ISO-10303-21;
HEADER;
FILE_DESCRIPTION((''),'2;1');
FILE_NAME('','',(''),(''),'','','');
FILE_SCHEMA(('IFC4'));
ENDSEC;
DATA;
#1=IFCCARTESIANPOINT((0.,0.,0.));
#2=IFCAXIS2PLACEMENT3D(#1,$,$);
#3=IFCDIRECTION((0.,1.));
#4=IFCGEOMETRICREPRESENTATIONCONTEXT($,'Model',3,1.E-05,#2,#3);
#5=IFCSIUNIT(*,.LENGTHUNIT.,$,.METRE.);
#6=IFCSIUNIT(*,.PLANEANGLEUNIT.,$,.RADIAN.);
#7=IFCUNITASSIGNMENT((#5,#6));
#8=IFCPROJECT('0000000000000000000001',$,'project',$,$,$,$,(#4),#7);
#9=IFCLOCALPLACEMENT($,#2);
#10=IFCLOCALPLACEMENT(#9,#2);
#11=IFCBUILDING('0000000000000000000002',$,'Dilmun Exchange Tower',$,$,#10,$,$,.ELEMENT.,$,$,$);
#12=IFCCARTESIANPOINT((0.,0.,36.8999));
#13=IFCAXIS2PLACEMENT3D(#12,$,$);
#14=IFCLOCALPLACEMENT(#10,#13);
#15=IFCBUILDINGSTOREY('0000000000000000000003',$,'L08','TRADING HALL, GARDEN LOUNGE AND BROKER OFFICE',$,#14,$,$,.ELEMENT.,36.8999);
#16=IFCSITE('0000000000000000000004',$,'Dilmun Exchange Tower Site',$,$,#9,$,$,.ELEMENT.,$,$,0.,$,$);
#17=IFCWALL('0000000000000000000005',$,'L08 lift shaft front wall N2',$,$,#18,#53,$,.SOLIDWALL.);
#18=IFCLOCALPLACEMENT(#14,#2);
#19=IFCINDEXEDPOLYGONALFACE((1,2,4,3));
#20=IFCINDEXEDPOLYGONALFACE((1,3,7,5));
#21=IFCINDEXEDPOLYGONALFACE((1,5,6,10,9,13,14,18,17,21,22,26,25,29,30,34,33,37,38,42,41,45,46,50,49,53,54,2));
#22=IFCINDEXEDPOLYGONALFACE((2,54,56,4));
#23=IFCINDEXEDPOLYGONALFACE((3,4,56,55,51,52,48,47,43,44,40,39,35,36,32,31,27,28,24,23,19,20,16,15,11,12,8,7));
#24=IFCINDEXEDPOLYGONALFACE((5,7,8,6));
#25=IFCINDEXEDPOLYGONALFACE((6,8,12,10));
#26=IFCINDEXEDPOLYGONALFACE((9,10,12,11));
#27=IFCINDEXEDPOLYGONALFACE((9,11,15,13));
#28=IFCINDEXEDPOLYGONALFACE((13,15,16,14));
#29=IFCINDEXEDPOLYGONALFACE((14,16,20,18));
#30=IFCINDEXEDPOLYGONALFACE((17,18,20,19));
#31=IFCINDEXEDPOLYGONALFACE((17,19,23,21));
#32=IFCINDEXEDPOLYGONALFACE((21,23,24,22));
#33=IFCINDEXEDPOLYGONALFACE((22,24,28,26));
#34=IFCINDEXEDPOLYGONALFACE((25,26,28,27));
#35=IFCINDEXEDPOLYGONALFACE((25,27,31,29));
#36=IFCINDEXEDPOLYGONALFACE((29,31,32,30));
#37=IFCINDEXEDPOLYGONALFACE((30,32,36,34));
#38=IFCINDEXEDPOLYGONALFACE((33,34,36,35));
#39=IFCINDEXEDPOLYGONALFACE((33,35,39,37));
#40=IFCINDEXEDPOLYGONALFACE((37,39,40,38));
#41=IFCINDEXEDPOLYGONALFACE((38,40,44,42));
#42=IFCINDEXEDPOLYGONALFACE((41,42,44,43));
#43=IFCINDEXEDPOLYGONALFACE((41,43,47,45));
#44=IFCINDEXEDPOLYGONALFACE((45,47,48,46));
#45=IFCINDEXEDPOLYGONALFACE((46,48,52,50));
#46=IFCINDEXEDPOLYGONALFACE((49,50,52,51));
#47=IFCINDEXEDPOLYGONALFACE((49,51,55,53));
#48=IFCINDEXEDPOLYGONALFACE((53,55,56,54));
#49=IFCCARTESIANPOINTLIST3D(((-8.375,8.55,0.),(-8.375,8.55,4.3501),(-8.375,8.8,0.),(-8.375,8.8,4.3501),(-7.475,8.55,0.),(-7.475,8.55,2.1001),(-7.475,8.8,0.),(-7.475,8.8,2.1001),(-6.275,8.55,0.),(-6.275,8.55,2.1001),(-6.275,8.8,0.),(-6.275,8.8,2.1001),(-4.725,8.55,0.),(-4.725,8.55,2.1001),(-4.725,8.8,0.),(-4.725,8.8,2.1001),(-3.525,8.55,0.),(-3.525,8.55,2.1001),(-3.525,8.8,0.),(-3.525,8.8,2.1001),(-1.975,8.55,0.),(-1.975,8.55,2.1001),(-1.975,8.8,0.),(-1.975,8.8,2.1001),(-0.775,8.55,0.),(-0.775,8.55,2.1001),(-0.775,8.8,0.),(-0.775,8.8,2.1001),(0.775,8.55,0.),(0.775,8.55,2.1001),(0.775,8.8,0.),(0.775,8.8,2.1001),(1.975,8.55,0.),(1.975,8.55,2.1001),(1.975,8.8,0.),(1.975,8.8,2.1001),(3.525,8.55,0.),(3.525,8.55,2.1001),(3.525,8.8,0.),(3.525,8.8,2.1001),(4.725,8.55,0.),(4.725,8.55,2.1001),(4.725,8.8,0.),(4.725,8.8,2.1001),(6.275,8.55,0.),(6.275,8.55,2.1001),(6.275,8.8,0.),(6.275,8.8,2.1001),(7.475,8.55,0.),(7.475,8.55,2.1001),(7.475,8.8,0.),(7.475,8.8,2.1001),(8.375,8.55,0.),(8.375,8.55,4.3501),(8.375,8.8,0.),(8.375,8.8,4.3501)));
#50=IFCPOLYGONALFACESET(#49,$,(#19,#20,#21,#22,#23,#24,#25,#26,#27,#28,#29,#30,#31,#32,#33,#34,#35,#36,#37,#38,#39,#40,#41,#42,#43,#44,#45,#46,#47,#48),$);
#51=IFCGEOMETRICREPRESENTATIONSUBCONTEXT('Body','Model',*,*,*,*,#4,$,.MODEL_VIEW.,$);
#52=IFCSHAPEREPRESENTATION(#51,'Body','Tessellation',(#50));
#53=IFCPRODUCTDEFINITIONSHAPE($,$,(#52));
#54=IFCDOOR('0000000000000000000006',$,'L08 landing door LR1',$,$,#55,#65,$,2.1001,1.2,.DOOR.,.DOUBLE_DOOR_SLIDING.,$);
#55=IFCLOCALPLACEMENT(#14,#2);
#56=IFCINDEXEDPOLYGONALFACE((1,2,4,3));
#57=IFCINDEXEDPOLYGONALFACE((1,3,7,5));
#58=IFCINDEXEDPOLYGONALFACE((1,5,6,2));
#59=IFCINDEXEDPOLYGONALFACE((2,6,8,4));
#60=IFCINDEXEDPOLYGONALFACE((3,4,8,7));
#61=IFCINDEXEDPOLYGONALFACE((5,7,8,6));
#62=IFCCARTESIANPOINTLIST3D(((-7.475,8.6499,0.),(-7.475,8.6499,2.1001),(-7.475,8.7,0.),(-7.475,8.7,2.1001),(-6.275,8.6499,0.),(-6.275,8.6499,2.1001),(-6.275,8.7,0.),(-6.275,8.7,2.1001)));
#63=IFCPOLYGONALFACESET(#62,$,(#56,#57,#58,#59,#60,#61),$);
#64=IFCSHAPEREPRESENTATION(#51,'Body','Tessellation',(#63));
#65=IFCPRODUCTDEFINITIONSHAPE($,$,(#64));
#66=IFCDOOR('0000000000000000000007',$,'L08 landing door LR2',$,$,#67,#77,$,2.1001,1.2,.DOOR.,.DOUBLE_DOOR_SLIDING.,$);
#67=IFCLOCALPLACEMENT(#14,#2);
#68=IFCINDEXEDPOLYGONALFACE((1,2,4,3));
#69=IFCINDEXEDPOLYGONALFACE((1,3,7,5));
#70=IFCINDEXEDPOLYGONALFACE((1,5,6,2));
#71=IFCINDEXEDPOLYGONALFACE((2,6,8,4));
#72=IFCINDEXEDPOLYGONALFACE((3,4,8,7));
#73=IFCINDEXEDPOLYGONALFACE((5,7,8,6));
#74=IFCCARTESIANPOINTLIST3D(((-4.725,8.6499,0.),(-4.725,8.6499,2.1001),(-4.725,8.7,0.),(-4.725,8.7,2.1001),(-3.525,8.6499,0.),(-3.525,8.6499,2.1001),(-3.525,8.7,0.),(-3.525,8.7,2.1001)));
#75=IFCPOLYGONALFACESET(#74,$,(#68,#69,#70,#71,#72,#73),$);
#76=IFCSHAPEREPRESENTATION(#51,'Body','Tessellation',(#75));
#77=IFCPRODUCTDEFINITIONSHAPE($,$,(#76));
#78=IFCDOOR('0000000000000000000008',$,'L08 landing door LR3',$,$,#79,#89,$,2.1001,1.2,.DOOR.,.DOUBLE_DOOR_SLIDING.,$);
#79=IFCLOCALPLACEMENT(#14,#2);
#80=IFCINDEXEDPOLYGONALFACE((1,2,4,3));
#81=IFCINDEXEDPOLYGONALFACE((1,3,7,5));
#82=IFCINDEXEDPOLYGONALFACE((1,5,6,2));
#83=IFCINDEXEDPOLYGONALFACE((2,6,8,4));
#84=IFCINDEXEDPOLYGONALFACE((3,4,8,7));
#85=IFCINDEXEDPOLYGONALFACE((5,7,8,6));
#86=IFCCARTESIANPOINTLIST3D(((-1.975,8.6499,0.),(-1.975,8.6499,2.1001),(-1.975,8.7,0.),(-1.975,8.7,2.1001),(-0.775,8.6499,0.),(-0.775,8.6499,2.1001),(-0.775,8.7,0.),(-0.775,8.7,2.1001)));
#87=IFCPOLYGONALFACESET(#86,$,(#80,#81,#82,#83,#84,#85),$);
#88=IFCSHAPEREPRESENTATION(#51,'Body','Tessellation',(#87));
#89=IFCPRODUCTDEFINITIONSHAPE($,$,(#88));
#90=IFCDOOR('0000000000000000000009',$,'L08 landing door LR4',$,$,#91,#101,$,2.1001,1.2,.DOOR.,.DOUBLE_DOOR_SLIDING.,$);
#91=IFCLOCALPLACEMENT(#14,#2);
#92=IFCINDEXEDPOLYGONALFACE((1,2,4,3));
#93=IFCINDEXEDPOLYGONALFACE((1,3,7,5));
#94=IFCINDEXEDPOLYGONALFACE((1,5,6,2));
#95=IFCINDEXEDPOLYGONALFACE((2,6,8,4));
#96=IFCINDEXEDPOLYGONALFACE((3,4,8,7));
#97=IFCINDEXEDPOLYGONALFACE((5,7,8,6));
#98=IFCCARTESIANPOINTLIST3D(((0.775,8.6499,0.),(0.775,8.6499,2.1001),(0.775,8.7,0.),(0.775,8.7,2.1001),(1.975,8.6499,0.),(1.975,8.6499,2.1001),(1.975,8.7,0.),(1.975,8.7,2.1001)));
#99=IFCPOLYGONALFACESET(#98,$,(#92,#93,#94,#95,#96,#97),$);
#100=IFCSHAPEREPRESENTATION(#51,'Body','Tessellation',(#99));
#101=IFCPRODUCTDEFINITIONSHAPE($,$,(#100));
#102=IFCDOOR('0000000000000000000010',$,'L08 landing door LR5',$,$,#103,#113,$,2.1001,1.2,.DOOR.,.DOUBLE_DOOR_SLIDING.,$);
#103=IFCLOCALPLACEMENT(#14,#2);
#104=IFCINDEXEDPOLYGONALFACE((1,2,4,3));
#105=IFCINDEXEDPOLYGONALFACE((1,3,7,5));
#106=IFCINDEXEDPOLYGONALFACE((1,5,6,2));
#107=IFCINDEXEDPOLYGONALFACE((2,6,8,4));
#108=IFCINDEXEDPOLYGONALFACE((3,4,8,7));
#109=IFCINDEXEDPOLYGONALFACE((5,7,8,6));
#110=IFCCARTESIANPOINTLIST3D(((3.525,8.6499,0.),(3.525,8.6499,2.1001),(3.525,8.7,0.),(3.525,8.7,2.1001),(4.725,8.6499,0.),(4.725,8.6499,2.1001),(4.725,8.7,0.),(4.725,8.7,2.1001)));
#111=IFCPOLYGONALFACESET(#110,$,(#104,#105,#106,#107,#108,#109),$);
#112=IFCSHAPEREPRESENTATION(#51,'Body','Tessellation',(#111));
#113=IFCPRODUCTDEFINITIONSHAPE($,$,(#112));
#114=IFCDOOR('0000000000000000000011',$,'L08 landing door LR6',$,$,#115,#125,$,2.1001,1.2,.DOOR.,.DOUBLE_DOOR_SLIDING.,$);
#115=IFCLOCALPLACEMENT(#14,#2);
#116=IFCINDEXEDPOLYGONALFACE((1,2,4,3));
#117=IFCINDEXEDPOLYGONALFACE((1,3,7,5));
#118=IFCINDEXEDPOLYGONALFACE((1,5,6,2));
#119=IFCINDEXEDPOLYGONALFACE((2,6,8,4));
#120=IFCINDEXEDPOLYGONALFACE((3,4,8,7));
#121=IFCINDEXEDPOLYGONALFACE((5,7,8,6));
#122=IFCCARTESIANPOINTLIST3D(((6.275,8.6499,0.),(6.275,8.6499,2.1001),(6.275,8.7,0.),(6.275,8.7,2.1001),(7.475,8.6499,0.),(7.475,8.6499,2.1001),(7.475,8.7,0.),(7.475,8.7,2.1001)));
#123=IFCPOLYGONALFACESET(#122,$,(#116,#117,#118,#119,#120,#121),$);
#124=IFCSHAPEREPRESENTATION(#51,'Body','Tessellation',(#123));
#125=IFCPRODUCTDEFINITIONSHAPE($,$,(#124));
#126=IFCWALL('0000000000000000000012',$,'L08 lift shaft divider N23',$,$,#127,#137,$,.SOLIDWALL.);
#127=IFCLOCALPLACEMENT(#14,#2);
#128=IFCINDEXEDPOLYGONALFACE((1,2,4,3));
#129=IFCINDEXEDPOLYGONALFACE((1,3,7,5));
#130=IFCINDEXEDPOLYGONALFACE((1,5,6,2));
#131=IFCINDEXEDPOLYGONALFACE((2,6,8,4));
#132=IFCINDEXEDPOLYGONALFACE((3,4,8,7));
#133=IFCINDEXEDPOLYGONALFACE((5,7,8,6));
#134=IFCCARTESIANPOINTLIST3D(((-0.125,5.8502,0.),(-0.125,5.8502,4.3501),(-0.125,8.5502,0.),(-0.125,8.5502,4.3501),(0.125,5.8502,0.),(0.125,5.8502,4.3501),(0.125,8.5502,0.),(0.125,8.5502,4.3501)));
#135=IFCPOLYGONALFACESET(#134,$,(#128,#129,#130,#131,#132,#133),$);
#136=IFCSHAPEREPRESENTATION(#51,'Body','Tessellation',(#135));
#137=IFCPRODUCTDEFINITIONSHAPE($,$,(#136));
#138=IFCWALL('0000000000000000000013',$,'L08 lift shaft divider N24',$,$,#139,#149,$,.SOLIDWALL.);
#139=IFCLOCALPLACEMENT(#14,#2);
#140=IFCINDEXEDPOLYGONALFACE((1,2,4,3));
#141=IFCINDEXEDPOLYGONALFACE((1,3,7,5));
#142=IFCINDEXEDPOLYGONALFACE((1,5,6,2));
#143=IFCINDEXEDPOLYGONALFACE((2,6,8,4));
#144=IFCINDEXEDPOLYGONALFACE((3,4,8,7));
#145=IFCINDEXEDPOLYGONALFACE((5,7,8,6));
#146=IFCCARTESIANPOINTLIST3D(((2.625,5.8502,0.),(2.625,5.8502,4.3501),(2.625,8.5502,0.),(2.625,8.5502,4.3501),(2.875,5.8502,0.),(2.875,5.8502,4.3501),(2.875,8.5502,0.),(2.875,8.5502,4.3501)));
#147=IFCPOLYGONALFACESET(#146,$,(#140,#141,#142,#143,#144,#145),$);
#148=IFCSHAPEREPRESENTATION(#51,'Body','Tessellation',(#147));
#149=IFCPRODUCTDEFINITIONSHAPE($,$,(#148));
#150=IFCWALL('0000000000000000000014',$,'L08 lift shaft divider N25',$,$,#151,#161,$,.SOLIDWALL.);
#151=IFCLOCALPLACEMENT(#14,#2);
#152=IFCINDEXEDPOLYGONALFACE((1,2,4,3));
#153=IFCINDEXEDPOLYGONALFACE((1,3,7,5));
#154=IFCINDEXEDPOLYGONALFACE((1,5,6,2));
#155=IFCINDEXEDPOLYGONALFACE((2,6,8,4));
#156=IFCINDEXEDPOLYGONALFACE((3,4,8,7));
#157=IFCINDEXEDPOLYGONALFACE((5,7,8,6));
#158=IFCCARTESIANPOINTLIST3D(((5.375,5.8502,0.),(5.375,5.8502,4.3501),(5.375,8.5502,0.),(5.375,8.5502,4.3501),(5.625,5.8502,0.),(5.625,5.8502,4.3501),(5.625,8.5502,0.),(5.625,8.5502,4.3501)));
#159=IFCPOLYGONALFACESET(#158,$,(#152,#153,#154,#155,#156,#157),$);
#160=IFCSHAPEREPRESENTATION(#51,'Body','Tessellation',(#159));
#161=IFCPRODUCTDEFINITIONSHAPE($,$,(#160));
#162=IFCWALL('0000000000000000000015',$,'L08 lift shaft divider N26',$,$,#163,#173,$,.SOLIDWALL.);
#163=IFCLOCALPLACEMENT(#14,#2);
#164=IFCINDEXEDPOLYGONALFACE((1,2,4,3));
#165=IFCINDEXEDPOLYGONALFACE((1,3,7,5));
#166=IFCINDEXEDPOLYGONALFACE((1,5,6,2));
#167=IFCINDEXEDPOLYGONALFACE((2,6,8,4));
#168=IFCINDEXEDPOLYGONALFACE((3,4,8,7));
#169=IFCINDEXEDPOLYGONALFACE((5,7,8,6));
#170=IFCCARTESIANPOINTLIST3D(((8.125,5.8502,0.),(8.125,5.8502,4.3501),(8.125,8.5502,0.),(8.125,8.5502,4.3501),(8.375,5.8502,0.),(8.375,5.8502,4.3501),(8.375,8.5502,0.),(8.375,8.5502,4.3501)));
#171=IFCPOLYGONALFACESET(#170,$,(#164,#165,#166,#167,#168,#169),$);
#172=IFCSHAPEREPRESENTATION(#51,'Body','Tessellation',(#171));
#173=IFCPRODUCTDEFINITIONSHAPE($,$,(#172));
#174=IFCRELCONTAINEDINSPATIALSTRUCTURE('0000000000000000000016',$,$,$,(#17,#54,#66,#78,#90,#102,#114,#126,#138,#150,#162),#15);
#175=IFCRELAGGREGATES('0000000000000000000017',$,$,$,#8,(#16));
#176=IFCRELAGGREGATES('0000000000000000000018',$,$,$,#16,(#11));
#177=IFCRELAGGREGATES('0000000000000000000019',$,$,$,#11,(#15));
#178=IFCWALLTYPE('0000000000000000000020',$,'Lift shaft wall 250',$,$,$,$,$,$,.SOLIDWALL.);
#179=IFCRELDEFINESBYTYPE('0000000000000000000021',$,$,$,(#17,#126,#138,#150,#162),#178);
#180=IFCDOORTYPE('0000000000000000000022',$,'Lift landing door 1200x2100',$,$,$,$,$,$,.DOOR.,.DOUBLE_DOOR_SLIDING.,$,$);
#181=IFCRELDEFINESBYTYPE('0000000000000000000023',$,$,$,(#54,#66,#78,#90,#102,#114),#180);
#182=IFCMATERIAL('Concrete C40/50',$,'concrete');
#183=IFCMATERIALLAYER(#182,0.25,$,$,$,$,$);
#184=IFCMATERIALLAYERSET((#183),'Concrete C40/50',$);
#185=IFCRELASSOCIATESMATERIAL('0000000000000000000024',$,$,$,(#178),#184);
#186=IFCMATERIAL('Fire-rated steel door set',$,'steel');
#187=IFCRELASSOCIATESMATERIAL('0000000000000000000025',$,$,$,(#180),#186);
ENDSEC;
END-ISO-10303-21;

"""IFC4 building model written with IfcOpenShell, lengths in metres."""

from ifc_helpers import new_model, si_unit, direction, frame, frame_2d, origin, place, context, subcontext, project, spatial, rectangle, extrude, material, layer, layer_set, type_object, element, fill, save


model = new_model("IFC4")

# Units and contexts
model_context = context("Model", 3, precision=1e-05, world=origin(), true_north=direction((0.0, 1.0)))
body_context = subcontext(model_context, "Body", "Model", "MODEL_VIEW")
ifc_project = project(units=[si_unit("LENGTHUNIT", "METRE"), si_unit("PLANEANGLEUNIT", "RADIAN")], contexts=[model_context])

# Site, building, storey
site_placement = place(None, origin())
site = spatial("IfcSite", under=ifc_project, at=site_placement, Name="Dilmun Exchange Tower Site", CompositionType="ELEMENT", RefElevation=0.0)
building_placement = place(site_placement, origin())
building = spatial("IfcBuilding", under=site, at=building_placement, Name="Dilmun Exchange Tower", CompositionType="ELEMENT")
storey_placement = place(building_placement, frame((0.0, 0.0, 36.8999)))
storey = spatial("IfcBuildingStorey", under=building, at=storey_placement, Name="L08", Description="TRADING HALL, GARDEN LOUNGE AND BROKER OFFICE", CompositionType="ELEMENT", Elevation=36.8999)

# Shared definitions
ifc_material_1 = material(Name="Concrete C40/50", Category="concrete")

# Shared definitions
ifc_material_2 = material(Name="Fire-rated steel door set", Category="steel")

# Wall, openings, doors
ifc_layer_1 = layer(ifc_material_1, 0.25)
ifc_layer_set_1 = layer_set([ifc_layer_1], Name="Concrete C40/50")
wall_type_1 = type_object("IfcWallType", Name="Lift shaft wall 250", PredefinedType="SOLIDWALL", material=ifc_layer_set_1)
wall_1_placement = place(storey_placement, frame((-8.375, 8.675, 0.0), z_axis=(0.0, 0.0, 1.0), x_axis=(1.0, 0.0, 0.0)))
wall_1 = element("IfcWall", 1, at=wall_1_placement, inside=storey, type_object=wall_type_1, Name="L08 lift shaft front wall N2", PredefinedType="SOLIDWALL", context=body_context, shape_type="SweptSolid", body=[
    extrude(rectangle(XDim=16.75, YDim=0.25, at=frame_2d((8.375, 0.0))), origin(), (0.0, 0.0, 1.0), 4.3501),
])
opening_1_placement = place(wall_1_placement, frame((0.8999, 0.0, 0.0)))
opening_1 = element("IfcOpeningElement", 2, at=opening_1_placement, cuts=wall_1, PredefinedType="OPENING", context=body_context, shape_type="SweptSolid", body=[
    extrude(rectangle(XDim=1.2, YDim=2.1001, at=frame_2d((0.6001, 1.05))), frame((0.0, 0.135, 0.0), z_axis=(0.0, -1.0, 0.0), x_axis=(1.0, 0.0, 0.0)), (0.0, 0.0, 1.0), 0.27),
])
opening_2_placement = place(wall_1_placement, frame((3.6499, 0.0, 0.0)))
opening_2 = element("IfcOpeningElement", 3, at=opening_2_placement, cuts=wall_1, PredefinedType="OPENING", context=body_context, shape_type="SweptSolid", body=[
    extrude(rectangle(XDim=1.2, YDim=2.1001, at=frame_2d((0.6001, 1.05))), frame((0.0, 0.135, 0.0), z_axis=(0.0, -1.0, 0.0), x_axis=(1.0, 0.0, 0.0)), (0.0, 0.0, 1.0), 0.27),
])
opening_3_placement = place(wall_1_placement, frame((6.3999, 0.0, 0.0)))
opening_3 = element("IfcOpeningElement", 4, at=opening_3_placement, cuts=wall_1, PredefinedType="OPENING", context=body_context, shape_type="SweptSolid", body=[
    extrude(rectangle(XDim=1.2, YDim=2.1001, at=frame_2d((0.6001, 1.05))), frame((0.0, 0.135, 0.0), z_axis=(0.0, -1.0, 0.0), x_axis=(1.0, 0.0, 0.0)), (0.0, 0.0, 1.0), 0.27),
])
opening_4_placement = place(wall_1_placement, frame((9.1499, 0.0, 0.0)))
opening_4 = element("IfcOpeningElement", 5, at=opening_4_placement, cuts=wall_1, PredefinedType="OPENING", context=body_context, shape_type="SweptSolid", body=[
    extrude(rectangle(XDim=1.2, YDim=2.1001, at=frame_2d((0.6001, 1.05))), frame((0.0, 0.135, 0.0), z_axis=(0.0, -1.0, 0.0), x_axis=(1.0, 0.0, 0.0)), (0.0, 0.0, 1.0), 0.27),
])
opening_5_placement = place(wall_1_placement, frame((11.8999, 0.0, 0.0)))
opening_5 = element("IfcOpeningElement", 6, at=opening_5_placement, cuts=wall_1, PredefinedType="OPENING", context=body_context, shape_type="SweptSolid", body=[
    extrude(rectangle(XDim=1.2, YDim=2.1001, at=frame_2d((0.6001, 1.05))), frame((0.0, 0.135, 0.0), z_axis=(0.0, -1.0, 0.0), x_axis=(1.0, 0.0, 0.0)), (0.0, 0.0, 1.0), 0.27),
])
opening_6_placement = place(wall_1_placement, frame((14.6499, 0.0, 0.0)))
opening_6 = element("IfcOpeningElement", 7, at=opening_6_placement, cuts=wall_1, PredefinedType="OPENING", context=body_context, shape_type="SweptSolid", body=[
    extrude(rectangle(XDim=1.2, YDim=2.1001, at=frame_2d((0.6001, 1.05))), frame((0.0, 0.135, 0.0), z_axis=(0.0, -1.0, 0.0), x_axis=(1.0, 0.0, 0.0)), (0.0, 0.0, 1.0), 0.27),
])
door_type_1 = type_object("IfcDoorType", Name="Lift landing door 1200x2100", OperationType="DOUBLE_DOOR_SLIDING", PredefinedType="DOOR", material=ifc_material_2)
door_1_placement = place(opening_1_placement, origin())
door_1 = element("IfcDoor", 8, at=door_1_placement, inside=storey, type_object=door_type_1, Name="L08 landing door LR1", OperationType="DOUBLE_DOOR_SLIDING", OverallHeight=2.1001, OverallWidth=1.2, PredefinedType="DOOR", context=body_context, shape_type="SweptSolid", body=[
    extrude(rectangle(XDim=1.2, YDim=2.1001, at=frame_2d((0.6001, 1.05))), frame((0.0, 0.0249, 0.0), z_axis=(0.0, -1.0, 0.0), x_axis=(1.0, 0.0, 0.0)), (0.0, 0.0, 1.0), 0.05),
])
fill(opening_1, door_1)
door_2_placement = place(opening_2_placement, origin())
door_2 = element("IfcDoor", 9, at=door_2_placement, inside=storey, type_object=door_type_1, Name="L08 landing door LR2", OperationType="DOUBLE_DOOR_SLIDING", OverallHeight=2.1001, OverallWidth=1.2, PredefinedType="DOOR", context=body_context, shape_type="SweptSolid", body=[
    extrude(rectangle(XDim=1.2, YDim=2.1001, at=frame_2d((0.6001, 1.05))), frame((0.0, 0.0249, 0.0), z_axis=(0.0, -1.0, 0.0), x_axis=(1.0, 0.0, 0.0)), (0.0, 0.0, 1.0), 0.05),
])
fill(opening_2, door_2)
door_3_placement = place(opening_3_placement, origin())
door_3 = element("IfcDoor", 10, at=door_3_placement, inside=storey, type_object=door_type_1, Name="L08 landing door LR3", OperationType="DOUBLE_DOOR_SLIDING", OverallHeight=2.1001, OverallWidth=1.2, PredefinedType="DOOR", context=body_context, shape_type="SweptSolid", body=[
    extrude(rectangle(XDim=1.2, YDim=2.1001, at=frame_2d((0.6001, 1.05))), frame((0.0, 0.0249, 0.0), z_axis=(0.0, -1.0, 0.0), x_axis=(1.0, 0.0, 0.0)), (0.0, 0.0, 1.0), 0.05),
])
fill(opening_3, door_3)
door_4_placement = place(opening_4_placement, origin())
door_4 = element("IfcDoor", 11, at=door_4_placement, inside=storey, type_object=door_type_1, Name="L08 landing door LR4", OperationType="DOUBLE_DOOR_SLIDING", OverallHeight=2.1001, OverallWidth=1.2, PredefinedType="DOOR", context=body_context, shape_type="SweptSolid", body=[
    extrude(rectangle(XDim=1.2, YDim=2.1001, at=frame_2d((0.6001, 1.05))), frame((0.0, 0.0249, 0.0), z_axis=(0.0, -1.0, 0.0), x_axis=(1.0, 0.0, 0.0)), (0.0, 0.0, 1.0), 0.05),
])
fill(opening_4, door_4)
door_5_placement = place(opening_5_placement, origin())
door_5 = element("IfcDoor", 12, at=door_5_placement, inside=storey, type_object=door_type_1, Name="L08 landing door LR5", OperationType="DOUBLE_DOOR_SLIDING", OverallHeight=2.1001, OverallWidth=1.2, PredefinedType="DOOR", context=body_context, shape_type="SweptSolid", body=[
    extrude(rectangle(XDim=1.2, YDim=2.1001, at=frame_2d((0.6001, 1.05))), frame((0.0, 0.0249, 0.0), z_axis=(0.0, -1.0, 0.0), x_axis=(1.0, 0.0, 0.0)), (0.0, 0.0, 1.0), 0.05),
])
fill(opening_5, door_5)
door_6_placement = place(opening_6_placement, origin())
door_6 = element("IfcDoor", 13, at=door_6_placement, inside=storey, type_object=door_type_1, Name="L08 landing door LR6", OperationType="DOUBLE_DOOR_SLIDING", OverallHeight=2.1001, OverallWidth=1.2, PredefinedType="DOOR", context=body_context, shape_type="SweptSolid", body=[
    extrude(rectangle(XDim=1.2, YDim=2.1001, at=frame_2d((0.6001, 1.05))), frame((0.0, 0.0249, 0.0), z_axis=(0.0, -1.0, 0.0), x_axis=(1.0, 0.0, 0.0)), (0.0, 0.0, 1.0), 0.05),
])
fill(opening_6, door_6)

# Walls
for number, where, z_axis, x_axis, name in (
    (14, (0.0, 5.8501, 0.0), (0.0, 0.0, 1.0), (0.0, 1.0, 0.0), "L08 lift shaft divider N23"),
    (15, (2.75, 5.8501, 0.0), (0.0, 0.0, 1.0), (0.0, 1.0, 0.0), "L08 lift shaft divider N24"),
    (16, (5.5, 5.8501, 0.0), (0.0, 0.0, 1.0), (0.0, 1.0, 0.0), "L08 lift shaft divider N25"),
    (17, (8.25, 5.8501, 0.0), (0.0, 0.0, 1.0), (0.0, 1.0, 0.0), "L08 lift shaft divider N26"),
):
    element("IfcWall", number, at=place(storey_placement, frame(where, z_axis=z_axis, x_axis=x_axis)), inside=storey, type_object=wall_type_1, Name=name, PredefinedType="SOLIDWALL", context=body_context, shape_type="SweptSolid", body=[
        extrude(rectangle(XDim=2.7, YDim=0.25, at=frame_2d((1.3501, 0.0))), origin(), (0.0, 0.0, 1.0), 4.3501),
    ])

save(model, "model.ifc")
